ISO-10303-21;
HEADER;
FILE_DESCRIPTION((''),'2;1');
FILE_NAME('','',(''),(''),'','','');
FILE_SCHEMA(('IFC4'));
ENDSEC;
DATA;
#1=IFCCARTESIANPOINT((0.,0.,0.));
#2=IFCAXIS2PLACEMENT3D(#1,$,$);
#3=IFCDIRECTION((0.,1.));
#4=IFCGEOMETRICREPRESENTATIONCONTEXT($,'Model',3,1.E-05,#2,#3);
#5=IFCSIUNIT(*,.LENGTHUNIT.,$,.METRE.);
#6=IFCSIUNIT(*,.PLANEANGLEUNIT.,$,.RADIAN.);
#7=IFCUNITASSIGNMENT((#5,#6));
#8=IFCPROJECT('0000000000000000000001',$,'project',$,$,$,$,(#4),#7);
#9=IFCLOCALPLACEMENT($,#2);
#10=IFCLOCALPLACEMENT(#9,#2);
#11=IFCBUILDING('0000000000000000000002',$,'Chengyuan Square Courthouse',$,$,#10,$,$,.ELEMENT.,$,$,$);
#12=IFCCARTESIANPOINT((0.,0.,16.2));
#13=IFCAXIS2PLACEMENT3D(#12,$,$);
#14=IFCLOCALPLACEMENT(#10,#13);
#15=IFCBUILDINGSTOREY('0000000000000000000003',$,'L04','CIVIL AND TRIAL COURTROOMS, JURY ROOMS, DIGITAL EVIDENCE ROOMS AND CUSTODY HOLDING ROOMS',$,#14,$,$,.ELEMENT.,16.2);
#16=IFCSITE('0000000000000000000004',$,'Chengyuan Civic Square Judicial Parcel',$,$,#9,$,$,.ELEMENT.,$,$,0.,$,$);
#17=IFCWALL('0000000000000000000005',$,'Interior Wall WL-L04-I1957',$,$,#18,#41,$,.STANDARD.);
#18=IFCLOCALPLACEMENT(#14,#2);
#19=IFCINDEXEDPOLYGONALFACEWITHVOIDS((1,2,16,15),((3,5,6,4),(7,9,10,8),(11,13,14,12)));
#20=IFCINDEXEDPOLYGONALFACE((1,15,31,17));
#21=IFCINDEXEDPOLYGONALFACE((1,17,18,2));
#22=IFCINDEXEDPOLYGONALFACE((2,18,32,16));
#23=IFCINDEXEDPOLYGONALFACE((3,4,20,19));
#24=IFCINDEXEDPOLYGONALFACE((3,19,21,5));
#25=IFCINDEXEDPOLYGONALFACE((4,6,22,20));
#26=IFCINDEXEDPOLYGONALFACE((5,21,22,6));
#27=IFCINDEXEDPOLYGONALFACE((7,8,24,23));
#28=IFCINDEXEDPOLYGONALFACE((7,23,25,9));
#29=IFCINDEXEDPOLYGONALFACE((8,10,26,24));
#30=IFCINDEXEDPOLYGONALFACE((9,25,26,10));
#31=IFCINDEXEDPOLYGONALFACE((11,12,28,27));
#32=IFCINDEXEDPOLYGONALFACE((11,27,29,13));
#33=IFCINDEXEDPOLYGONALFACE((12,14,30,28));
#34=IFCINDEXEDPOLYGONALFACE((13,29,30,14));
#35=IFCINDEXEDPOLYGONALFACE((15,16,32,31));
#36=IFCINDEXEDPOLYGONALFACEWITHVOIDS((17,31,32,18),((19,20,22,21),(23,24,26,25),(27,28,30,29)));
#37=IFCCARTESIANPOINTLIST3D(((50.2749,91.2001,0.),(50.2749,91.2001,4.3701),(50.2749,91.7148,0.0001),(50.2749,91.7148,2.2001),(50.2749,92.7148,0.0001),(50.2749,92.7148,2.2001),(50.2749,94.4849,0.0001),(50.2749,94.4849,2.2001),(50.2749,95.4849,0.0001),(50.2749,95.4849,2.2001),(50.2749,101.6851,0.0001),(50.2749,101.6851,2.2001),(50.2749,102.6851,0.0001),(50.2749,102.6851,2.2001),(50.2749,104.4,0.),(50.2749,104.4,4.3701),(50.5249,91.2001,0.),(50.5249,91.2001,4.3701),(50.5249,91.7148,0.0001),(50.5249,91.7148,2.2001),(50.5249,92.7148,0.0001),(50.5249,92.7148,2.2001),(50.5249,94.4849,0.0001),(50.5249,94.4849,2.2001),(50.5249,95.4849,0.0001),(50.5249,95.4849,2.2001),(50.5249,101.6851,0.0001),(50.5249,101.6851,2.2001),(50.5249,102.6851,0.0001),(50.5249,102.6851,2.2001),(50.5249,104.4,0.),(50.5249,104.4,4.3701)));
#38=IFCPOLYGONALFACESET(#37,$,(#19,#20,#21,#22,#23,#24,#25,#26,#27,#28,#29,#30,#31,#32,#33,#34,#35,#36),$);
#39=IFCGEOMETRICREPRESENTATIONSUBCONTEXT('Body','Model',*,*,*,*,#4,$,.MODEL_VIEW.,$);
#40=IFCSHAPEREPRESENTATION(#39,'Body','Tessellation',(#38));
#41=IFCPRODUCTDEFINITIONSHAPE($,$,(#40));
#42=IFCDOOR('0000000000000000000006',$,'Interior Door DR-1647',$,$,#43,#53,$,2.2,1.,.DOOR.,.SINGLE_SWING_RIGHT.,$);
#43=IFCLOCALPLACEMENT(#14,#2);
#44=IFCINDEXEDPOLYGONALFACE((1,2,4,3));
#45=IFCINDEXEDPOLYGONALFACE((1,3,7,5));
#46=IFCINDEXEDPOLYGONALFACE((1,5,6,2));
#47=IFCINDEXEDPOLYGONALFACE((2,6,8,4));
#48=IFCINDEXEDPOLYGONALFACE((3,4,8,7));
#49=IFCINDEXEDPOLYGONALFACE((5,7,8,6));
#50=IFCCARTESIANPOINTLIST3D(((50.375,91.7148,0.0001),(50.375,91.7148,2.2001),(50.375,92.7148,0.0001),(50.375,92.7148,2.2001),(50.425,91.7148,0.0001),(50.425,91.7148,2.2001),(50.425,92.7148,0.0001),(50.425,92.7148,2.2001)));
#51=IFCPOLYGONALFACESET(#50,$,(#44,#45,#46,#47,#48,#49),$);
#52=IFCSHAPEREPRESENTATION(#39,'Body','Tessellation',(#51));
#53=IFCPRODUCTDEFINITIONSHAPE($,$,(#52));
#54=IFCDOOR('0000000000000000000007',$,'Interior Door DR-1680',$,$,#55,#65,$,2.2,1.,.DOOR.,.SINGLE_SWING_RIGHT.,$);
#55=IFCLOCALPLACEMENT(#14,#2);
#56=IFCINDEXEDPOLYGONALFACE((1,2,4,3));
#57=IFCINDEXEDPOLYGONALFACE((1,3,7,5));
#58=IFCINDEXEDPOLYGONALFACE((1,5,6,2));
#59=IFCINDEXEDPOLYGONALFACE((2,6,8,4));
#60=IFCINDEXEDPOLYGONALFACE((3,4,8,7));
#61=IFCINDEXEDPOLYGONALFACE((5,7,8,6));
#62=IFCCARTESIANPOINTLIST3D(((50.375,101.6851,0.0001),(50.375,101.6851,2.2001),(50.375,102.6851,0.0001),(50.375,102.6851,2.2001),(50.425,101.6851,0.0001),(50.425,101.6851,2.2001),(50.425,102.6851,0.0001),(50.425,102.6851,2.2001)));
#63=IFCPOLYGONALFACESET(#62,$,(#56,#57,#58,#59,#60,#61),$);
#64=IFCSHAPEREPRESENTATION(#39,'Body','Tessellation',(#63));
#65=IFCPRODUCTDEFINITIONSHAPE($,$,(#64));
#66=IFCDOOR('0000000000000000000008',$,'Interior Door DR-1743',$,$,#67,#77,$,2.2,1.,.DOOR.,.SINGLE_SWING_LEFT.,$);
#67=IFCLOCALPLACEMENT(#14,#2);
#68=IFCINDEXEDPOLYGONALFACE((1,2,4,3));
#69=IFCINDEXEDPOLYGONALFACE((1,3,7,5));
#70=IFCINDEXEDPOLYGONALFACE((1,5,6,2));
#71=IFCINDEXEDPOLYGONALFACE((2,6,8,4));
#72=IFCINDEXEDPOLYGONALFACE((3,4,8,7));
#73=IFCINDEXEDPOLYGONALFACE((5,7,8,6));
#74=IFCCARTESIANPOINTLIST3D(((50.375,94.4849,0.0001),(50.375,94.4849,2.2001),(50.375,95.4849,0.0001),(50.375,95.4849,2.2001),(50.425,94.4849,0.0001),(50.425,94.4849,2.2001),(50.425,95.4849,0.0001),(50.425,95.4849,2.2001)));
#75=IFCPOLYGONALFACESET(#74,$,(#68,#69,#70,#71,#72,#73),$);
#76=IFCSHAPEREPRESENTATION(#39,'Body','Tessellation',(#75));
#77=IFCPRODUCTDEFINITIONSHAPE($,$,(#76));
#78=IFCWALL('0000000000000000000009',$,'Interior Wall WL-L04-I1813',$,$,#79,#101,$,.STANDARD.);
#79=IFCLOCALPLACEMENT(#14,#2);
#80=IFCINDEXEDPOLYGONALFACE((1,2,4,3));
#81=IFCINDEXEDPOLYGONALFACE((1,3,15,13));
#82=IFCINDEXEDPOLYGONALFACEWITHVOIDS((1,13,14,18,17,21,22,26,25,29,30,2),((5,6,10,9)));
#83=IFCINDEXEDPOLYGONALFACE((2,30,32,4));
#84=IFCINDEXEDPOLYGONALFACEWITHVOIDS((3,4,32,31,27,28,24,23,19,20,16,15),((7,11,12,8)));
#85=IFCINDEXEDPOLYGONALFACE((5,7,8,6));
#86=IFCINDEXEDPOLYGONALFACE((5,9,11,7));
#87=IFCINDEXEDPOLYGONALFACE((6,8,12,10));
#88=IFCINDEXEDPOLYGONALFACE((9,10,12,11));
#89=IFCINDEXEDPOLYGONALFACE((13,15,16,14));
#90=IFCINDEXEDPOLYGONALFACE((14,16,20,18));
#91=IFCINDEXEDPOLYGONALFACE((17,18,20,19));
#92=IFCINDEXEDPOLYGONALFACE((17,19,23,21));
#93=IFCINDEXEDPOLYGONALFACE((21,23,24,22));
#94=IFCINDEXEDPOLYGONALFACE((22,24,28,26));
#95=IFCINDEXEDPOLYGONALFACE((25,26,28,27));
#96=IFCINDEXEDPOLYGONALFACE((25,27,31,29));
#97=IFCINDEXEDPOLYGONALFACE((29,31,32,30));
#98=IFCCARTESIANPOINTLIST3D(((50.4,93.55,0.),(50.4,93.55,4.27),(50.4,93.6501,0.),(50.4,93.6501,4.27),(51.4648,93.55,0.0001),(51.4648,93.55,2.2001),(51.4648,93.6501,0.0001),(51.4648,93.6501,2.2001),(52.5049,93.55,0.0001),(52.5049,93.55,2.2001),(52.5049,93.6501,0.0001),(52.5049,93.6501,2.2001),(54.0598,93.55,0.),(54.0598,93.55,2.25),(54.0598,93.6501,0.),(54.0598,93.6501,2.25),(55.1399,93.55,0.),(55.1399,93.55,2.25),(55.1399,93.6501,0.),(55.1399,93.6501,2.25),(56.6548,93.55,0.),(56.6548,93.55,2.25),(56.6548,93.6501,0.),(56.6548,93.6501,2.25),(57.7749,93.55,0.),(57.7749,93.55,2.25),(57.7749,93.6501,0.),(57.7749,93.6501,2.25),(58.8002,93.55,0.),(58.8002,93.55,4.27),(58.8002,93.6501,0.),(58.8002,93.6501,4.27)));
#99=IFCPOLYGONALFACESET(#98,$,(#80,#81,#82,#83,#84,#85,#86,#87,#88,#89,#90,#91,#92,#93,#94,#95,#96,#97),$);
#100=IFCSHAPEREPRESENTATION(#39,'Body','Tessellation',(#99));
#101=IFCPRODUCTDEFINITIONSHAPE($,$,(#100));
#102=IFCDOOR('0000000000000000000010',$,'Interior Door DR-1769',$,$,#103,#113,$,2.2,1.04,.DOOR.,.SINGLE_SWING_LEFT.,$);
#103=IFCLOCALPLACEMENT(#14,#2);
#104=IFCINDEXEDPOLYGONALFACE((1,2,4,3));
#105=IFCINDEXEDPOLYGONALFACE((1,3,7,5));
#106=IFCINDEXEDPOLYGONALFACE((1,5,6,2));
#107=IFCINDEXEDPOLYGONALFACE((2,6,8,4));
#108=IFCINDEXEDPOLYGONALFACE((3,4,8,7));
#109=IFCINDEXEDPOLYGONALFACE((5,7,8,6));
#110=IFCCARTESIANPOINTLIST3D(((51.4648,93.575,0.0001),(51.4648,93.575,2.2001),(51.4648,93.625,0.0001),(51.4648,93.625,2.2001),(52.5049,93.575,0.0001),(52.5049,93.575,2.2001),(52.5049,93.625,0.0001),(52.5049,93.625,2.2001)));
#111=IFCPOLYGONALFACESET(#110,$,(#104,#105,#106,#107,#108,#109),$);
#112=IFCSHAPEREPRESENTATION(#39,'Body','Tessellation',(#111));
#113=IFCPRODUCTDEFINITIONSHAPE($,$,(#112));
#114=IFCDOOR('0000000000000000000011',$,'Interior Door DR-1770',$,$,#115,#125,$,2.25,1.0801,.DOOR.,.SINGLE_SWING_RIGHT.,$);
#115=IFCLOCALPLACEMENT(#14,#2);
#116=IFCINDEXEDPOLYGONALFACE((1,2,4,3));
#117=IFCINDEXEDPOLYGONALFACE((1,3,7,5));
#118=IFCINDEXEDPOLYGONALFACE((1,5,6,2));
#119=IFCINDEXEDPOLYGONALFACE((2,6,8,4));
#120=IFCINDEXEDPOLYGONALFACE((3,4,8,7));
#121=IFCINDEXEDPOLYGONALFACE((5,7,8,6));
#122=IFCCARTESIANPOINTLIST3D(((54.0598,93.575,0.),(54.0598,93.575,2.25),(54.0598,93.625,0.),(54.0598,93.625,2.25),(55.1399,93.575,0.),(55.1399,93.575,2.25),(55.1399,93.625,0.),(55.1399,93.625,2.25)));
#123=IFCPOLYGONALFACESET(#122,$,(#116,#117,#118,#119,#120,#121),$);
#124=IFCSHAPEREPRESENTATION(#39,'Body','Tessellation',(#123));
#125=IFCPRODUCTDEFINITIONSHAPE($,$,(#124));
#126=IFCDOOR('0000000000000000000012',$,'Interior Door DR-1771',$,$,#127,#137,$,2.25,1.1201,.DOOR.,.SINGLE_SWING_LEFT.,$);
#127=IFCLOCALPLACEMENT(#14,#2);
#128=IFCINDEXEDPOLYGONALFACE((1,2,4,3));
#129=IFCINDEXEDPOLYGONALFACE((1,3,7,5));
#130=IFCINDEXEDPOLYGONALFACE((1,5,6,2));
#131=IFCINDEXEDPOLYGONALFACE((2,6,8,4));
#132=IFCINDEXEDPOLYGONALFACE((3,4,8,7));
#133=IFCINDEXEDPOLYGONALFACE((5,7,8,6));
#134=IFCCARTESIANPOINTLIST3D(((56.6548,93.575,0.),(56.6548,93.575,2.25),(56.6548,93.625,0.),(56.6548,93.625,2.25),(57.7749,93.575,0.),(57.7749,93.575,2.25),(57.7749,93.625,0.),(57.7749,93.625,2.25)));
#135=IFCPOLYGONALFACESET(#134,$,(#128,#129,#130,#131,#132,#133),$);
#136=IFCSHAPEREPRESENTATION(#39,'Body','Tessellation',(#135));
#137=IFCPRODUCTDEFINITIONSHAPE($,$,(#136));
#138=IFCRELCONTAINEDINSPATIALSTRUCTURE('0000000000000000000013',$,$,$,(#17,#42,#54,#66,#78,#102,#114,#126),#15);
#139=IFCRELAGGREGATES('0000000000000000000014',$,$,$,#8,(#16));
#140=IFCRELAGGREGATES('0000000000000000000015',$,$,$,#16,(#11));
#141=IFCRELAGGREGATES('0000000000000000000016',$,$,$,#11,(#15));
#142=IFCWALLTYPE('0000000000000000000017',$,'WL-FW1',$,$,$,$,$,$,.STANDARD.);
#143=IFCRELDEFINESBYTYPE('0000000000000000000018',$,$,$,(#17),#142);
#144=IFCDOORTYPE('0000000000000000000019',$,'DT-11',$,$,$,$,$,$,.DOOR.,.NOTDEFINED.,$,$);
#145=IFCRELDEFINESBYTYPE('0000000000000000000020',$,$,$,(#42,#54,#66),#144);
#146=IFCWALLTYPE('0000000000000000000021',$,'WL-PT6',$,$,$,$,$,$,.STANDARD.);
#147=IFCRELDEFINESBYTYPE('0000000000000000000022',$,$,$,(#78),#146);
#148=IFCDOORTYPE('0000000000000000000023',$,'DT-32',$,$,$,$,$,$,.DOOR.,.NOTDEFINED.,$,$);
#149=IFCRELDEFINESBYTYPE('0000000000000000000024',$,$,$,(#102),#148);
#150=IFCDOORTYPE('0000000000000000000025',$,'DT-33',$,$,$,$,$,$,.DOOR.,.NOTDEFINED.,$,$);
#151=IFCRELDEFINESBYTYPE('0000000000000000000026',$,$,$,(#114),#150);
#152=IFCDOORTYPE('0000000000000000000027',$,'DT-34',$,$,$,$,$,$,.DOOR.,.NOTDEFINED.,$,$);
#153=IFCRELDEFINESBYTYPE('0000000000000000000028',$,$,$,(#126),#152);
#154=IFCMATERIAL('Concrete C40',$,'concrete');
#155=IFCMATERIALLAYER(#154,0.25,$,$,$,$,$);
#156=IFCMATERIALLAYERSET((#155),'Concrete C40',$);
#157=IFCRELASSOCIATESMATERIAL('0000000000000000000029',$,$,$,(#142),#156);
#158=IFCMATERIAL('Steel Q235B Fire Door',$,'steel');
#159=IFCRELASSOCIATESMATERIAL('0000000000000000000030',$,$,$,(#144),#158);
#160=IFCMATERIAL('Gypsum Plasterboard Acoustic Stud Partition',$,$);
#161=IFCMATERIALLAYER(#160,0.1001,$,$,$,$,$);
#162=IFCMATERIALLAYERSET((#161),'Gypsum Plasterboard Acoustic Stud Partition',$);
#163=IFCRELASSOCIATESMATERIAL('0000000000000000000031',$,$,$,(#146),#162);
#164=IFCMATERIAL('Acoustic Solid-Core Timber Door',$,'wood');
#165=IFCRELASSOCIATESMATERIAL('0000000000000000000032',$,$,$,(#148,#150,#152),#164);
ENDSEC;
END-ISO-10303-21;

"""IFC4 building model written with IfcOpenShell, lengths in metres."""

from ifc_helpers import new_model, si_unit, direction, frame, frame_2d, origin, place, context, subcontext, project, spatial, rectangle, extrude, material, layer, layer_set, type_object, element, fill, save


model = new_model("IFC4")

# Units and contexts
model_context = context("Model", 3, precision=1e-05, world=origin(), true_north=direction((0.0, 1.0)))
body_context = subcontext(model_context, "Body", "Model", "MODEL_VIEW")
ifc_project = project(units=[si_unit("LENGTHUNIT", "METRE"), si_unit("PLANEANGLEUNIT", "RADIAN")], contexts=[model_context])

# Site, building, storey
site_placement = place(None, origin())
site = spatial("IfcSite", under=ifc_project, at=site_placement, Name="Chengyuan Civic Square Judicial Parcel", CompositionType="ELEMENT", RefElevation=0.0)
building_placement = place(site_placement, origin())
building = spatial("IfcBuilding", under=site, at=building_placement, Name="Chengyuan Square Courthouse", CompositionType="ELEMENT")
storey_placement = place(building_placement, frame((0.0, 0.0, 16.2)))
storey = spatial("IfcBuildingStorey", under=building, at=storey_placement, Name="L04", Description="CIVIL AND TRIAL COURTROOMS, JURY ROOMS, DIGITAL EVIDENCE ROOMS AND CUSTODY HOLDING ROOMS", CompositionType="ELEMENT", Elevation=16.2)

# Shared definitions
ifc_material_1 = material(Name="Concrete C40", Category="concrete")

# Shared definitions
ifc_layer_1 = layer(ifc_material_1, 0.25)
ifc_layer_set_1 = layer_set([ifc_layer_1], Name="Concrete C40")
wall_type_1 = type_object("IfcWallType", Name="WL-FW1", PredefinedType="STANDARD", material=ifc_layer_set_1)
ifc_material_2 = material(Name="Steel Q235B Fire Door", Category="steel")

# Walls, openings, doors
wall_1_placement = place(storey_placement, frame((50.3999, 91.2, 0.0), z_axis=(0.0, 0.0, 1.0), x_axis=(0.0, 1.0, 0.0)))
wall_1 = element("IfcWall", 1, at=wall_1_placement, inside=storey, type_object=wall_type_1, Name="Interior Wall WL-L04-I1957", PredefinedType="STANDARD", context=body_context, shape_type="SweptSolid", body=[
    extrude(rectangle(XDim=13.2, YDim=0.25, at=frame_2d((6.6001, 0.0))), origin(), (0.0, 0.0, 1.0), 4.3701),
])
opening_1_placement = place(wall_1_placement, frame((0.5149, 0.0, 0.0)))
opening_1 = element("IfcOpeningElement", 2, at=opening_1_placement, cuts=wall_1, PredefinedType="OPENING", context=body_context, shape_type="SweptSolid", body=[
    extrude(rectangle(XDim=1.0, YDim=2.2, at=frame_2d((0.5, 1.1001))), frame((0.0, 0.137, 0.0), z_axis=(0.0, -1.0, 0.0), x_axis=(1.0, 0.0, 0.0)), (0.0, 0.0, 1.0), 0.2739),
])
opening_2_placement = place(wall_1_placement, frame((10.4851, 0.0, 0.0)))
opening_2 = element("IfcOpeningElement", 3, at=opening_2_placement, cuts=wall_1, PredefinedType="OPENING", context=body_context, shape_type="SweptSolid", body=[
    extrude(rectangle(XDim=1.0, YDim=2.2, at=frame_2d((0.5, 1.1001))), frame((0.0, 0.137, 0.0), z_axis=(0.0, -1.0, 0.0), x_axis=(1.0, 0.0, 0.0)), (0.0, 0.0, 1.0), 0.2739),
])
opening_3_placement = place(wall_1_placement, frame((3.2849, 0.0, 0.0)))
opening_3 = element("IfcOpeningElement", 4, at=opening_3_placement, cuts=wall_1, PredefinedType="OPENING", context=body_context, shape_type="SweptSolid", body=[
    extrude(rectangle(XDim=1.0, YDim=2.2, at=frame_2d((0.5, 1.1001))), frame((0.0, 0.137, 0.0), z_axis=(0.0, -1.0, 0.0), x_axis=(1.0, 0.0, 0.0)), (0.0, 0.0, 1.0), 0.2739),
])
door_type_1 = type_object("IfcDoorType", Name="DT-11", OperationType="NOTDEFINED", PredefinedType="DOOR", material=ifc_material_2)
door_1_placement = place(opening_1_placement, origin())
door_1 = element("IfcDoor", 5, at=door_1_placement, inside=storey, type_object=door_type_1, Name="Interior Door DR-1647", OperationType="SINGLE_SWING_RIGHT", OverallHeight=2.2, OverallWidth=1.0, PredefinedType="DOOR", context=body_context, shape_type="SweptSolid", body=[
    extrude(rectangle(XDim=1.0, YDim=2.2, at=frame_2d((0.5, 1.1001))), frame((0.0, 0.0249, 0.0), z_axis=(0.0, -1.0, 0.0), x_axis=(1.0, 0.0, 0.0)), (0.0, 0.0, 1.0), 0.05),
])
fill(opening_1, door_1)
door_2_placement = place(opening_2_placement, origin())
door_2 = element("IfcDoor", 6, at=door_2_placement, inside=storey, type_object=door_type_1, Name="Interior Door DR-1680", OperationType="SINGLE_SWING_RIGHT", OverallHeight=2.2, OverallWidth=1.0, PredefinedType="DOOR", context=body_context, shape_type="SweptSolid", body=[
    extrude(rectangle(XDim=1.0, YDim=2.2, at=frame_2d((0.5, 1.1001))), frame((0.0, 0.0249, 0.0), z_axis=(0.0, -1.0, 0.0), x_axis=(1.0, 0.0, 0.0)), (0.0, 0.0, 1.0), 0.05),
])
fill(opening_2, door_2)
door_3_placement = place(opening_3_placement, origin())
door_3 = element("IfcDoor", 7, at=door_3_placement, inside=storey, type_object=door_type_1, Name="Interior Door DR-1743", OperationType="SINGLE_SWING_LEFT", OverallHeight=2.2, OverallWidth=1.0, PredefinedType="DOOR", context=body_context, shape_type="SweptSolid", body=[
    extrude(rectangle(XDim=1.0, YDim=2.2, at=frame_2d((0.5, 1.1001))), frame((0.0, 0.0249, 0.0), z_axis=(0.0, -1.0, 0.0), x_axis=(1.0, 0.0, 0.0)), (0.0, 0.0, 1.0), 0.05),
])
fill(opening_3, door_3)
ifc_material_3 = material(Name="Gypsum Plasterboard Acoustic Stud Partition")
ifc_layer_2 = layer(ifc_material_3, 0.1001)
ifc_layer_set_2 = layer_set([ifc_layer_2], Name="Gypsum Plasterboard Acoustic Stud Partition")
wall_type_2 = type_object("IfcWallType", Name="WL-PT6", PredefinedType="STANDARD", material=ifc_layer_set_2)
wall_2_placement = place(storey_placement, frame((50.3999, 93.6001, 0.0), z_axis=(0.0, 0.0, 1.0), x_axis=(1.0, 0.0, 0.0)))
wall_2 = element("IfcWall", 8, at=wall_2_placement, inside=storey, type_object=wall_type_2, Name="Interior Wall WL-L04-I1813", PredefinedType="STANDARD", context=body_context, shape_type="SweptSolid", body=[
    extrude(rectangle(XDim=8.4001, YDim=0.1001, at=frame_2d((4.2002, 0.0))), origin(), (0.0, 0.0, 1.0), 4.27),
])
opening_4_placement = place(wall_2_placement, frame((1.0649, 0.0, 0.0)))
opening_4 = element("IfcOpeningElement", 9, at=opening_4_placement, cuts=wall_2, PredefinedType="OPENING", context=body_context, shape_type="SweptSolid", body=[
    extrude(rectangle(XDim=1.04, YDim=2.2, at=frame_2d((0.52, 1.1001))), frame((0.0, 0.062, 0.0), z_axis=(0.0, -1.0, 0.0), x_axis=(1.0, 0.0, 0.0)), (0.0, 0.0, 1.0), 0.124),
])
opening_5_placement = place(wall_2_placement, frame((3.6599, 0.0, 0.0)))
opening_5 = element("IfcOpeningElement", 10, at=opening_5_placement, cuts=wall_2, PredefinedType="OPENING", context=body_context, shape_type="SweptSolid", body=[
    extrude(rectangle(XDim=1.0801, YDim=2.25, at=frame_2d((0.54, 1.125))), frame((0.0, 0.062, 0.0), z_axis=(0.0, -1.0, 0.0), x_axis=(1.0, 0.0, 0.0)), (0.0, 0.0, 1.0), 0.124),
])
opening_6_placement = place(wall_2_placement, frame((6.2549, 0.0, 0.0)))
opening_6 = element("IfcOpeningElement", 11, at=opening_6_placement, cuts=wall_2, PredefinedType="OPENING", context=body_context, shape_type="SweptSolid", body=[
    extrude(rectangle(XDim=1.1201, YDim=2.25, at=frame_2d((0.5601, 1.125))), frame((0.0, 0.062, 0.0), z_axis=(0.0, -1.0, 0.0), x_axis=(1.0, 0.0, 0.0)), (0.0, 0.0, 1.0), 0.124),
])
ifc_material_4 = material(Name="Acoustic Solid-Core Timber Door", Category="wood")
door_type_2 = type_object("IfcDoorType", Name="DT-32", OperationType="NOTDEFINED", PredefinedType="DOOR", material=ifc_material_4)
door_4_placement = place(opening_4_placement, origin())
door_4 = element("IfcDoor", 12, at=door_4_placement, inside=storey, type_object=door_type_2, Name="Interior Door DR-1769", OperationType="SINGLE_SWING_LEFT", OverallHeight=2.2, OverallWidth=1.04, PredefinedType="DOOR", context=body_context, shape_type="SweptSolid", body=[
    extrude(rectangle(XDim=1.04, YDim=2.2, at=frame_2d((0.52, 1.1001))), frame((0.0, 0.0249, 0.0), z_axis=(0.0, -1.0, 0.0), x_axis=(1.0, 0.0, 0.0)), (0.0, 0.0, 1.0), 0.05),
])
fill(opening_4, door_4)
door_type_3 = type_object("IfcDoorType", Name="DT-33", OperationType="NOTDEFINED", PredefinedType="DOOR", material=ifc_material_4)
door_5_placement = place(opening_5_placement, origin())
door_5 = element("IfcDoor", 13, at=door_5_placement, inside=storey, type_object=door_type_3, Name="Interior Door DR-1770", OperationType="SINGLE_SWING_RIGHT", OverallHeight=2.25, OverallWidth=1.0801, PredefinedType="DOOR", context=body_context, shape_type="SweptSolid", body=[
    extrude(rectangle(XDim=1.0801, YDim=2.25, at=frame_2d((0.54, 1.125))), frame((0.0, 0.0249, 0.0), z_axis=(0.0, -1.0, 0.0), x_axis=(1.0, 0.0, 0.0)), (0.0, 0.0, 1.0), 0.05),
])
fill(opening_5, door_5)
door_type_4 = type_object("IfcDoorType", Name="DT-34", OperationType="NOTDEFINED", PredefinedType="DOOR", material=ifc_material_4)
door_6_placement = place(opening_6_placement, origin())
door_6 = element("IfcDoor", 14, at=door_6_placement, inside=storey, type_object=door_type_4, Name="Interior Door DR-1771", OperationType="SINGLE_SWING_LEFT", OverallHeight=2.25, OverallWidth=1.1201, PredefinedType="DOOR", context=body_context, shape_type="SweptSolid", body=[
    extrude(rectangle(XDim=1.1201, YDim=2.25, at=frame_2d((0.5601, 1.125))), frame((0.0, 0.0249, 0.0), z_axis=(0.0, -1.0, 0.0), x_axis=(1.0, 0.0, 0.0)), (0.0, 0.0, 1.0), 0.05),
])
fill(opening_6, door_6)

save(model, "model.ifc")
